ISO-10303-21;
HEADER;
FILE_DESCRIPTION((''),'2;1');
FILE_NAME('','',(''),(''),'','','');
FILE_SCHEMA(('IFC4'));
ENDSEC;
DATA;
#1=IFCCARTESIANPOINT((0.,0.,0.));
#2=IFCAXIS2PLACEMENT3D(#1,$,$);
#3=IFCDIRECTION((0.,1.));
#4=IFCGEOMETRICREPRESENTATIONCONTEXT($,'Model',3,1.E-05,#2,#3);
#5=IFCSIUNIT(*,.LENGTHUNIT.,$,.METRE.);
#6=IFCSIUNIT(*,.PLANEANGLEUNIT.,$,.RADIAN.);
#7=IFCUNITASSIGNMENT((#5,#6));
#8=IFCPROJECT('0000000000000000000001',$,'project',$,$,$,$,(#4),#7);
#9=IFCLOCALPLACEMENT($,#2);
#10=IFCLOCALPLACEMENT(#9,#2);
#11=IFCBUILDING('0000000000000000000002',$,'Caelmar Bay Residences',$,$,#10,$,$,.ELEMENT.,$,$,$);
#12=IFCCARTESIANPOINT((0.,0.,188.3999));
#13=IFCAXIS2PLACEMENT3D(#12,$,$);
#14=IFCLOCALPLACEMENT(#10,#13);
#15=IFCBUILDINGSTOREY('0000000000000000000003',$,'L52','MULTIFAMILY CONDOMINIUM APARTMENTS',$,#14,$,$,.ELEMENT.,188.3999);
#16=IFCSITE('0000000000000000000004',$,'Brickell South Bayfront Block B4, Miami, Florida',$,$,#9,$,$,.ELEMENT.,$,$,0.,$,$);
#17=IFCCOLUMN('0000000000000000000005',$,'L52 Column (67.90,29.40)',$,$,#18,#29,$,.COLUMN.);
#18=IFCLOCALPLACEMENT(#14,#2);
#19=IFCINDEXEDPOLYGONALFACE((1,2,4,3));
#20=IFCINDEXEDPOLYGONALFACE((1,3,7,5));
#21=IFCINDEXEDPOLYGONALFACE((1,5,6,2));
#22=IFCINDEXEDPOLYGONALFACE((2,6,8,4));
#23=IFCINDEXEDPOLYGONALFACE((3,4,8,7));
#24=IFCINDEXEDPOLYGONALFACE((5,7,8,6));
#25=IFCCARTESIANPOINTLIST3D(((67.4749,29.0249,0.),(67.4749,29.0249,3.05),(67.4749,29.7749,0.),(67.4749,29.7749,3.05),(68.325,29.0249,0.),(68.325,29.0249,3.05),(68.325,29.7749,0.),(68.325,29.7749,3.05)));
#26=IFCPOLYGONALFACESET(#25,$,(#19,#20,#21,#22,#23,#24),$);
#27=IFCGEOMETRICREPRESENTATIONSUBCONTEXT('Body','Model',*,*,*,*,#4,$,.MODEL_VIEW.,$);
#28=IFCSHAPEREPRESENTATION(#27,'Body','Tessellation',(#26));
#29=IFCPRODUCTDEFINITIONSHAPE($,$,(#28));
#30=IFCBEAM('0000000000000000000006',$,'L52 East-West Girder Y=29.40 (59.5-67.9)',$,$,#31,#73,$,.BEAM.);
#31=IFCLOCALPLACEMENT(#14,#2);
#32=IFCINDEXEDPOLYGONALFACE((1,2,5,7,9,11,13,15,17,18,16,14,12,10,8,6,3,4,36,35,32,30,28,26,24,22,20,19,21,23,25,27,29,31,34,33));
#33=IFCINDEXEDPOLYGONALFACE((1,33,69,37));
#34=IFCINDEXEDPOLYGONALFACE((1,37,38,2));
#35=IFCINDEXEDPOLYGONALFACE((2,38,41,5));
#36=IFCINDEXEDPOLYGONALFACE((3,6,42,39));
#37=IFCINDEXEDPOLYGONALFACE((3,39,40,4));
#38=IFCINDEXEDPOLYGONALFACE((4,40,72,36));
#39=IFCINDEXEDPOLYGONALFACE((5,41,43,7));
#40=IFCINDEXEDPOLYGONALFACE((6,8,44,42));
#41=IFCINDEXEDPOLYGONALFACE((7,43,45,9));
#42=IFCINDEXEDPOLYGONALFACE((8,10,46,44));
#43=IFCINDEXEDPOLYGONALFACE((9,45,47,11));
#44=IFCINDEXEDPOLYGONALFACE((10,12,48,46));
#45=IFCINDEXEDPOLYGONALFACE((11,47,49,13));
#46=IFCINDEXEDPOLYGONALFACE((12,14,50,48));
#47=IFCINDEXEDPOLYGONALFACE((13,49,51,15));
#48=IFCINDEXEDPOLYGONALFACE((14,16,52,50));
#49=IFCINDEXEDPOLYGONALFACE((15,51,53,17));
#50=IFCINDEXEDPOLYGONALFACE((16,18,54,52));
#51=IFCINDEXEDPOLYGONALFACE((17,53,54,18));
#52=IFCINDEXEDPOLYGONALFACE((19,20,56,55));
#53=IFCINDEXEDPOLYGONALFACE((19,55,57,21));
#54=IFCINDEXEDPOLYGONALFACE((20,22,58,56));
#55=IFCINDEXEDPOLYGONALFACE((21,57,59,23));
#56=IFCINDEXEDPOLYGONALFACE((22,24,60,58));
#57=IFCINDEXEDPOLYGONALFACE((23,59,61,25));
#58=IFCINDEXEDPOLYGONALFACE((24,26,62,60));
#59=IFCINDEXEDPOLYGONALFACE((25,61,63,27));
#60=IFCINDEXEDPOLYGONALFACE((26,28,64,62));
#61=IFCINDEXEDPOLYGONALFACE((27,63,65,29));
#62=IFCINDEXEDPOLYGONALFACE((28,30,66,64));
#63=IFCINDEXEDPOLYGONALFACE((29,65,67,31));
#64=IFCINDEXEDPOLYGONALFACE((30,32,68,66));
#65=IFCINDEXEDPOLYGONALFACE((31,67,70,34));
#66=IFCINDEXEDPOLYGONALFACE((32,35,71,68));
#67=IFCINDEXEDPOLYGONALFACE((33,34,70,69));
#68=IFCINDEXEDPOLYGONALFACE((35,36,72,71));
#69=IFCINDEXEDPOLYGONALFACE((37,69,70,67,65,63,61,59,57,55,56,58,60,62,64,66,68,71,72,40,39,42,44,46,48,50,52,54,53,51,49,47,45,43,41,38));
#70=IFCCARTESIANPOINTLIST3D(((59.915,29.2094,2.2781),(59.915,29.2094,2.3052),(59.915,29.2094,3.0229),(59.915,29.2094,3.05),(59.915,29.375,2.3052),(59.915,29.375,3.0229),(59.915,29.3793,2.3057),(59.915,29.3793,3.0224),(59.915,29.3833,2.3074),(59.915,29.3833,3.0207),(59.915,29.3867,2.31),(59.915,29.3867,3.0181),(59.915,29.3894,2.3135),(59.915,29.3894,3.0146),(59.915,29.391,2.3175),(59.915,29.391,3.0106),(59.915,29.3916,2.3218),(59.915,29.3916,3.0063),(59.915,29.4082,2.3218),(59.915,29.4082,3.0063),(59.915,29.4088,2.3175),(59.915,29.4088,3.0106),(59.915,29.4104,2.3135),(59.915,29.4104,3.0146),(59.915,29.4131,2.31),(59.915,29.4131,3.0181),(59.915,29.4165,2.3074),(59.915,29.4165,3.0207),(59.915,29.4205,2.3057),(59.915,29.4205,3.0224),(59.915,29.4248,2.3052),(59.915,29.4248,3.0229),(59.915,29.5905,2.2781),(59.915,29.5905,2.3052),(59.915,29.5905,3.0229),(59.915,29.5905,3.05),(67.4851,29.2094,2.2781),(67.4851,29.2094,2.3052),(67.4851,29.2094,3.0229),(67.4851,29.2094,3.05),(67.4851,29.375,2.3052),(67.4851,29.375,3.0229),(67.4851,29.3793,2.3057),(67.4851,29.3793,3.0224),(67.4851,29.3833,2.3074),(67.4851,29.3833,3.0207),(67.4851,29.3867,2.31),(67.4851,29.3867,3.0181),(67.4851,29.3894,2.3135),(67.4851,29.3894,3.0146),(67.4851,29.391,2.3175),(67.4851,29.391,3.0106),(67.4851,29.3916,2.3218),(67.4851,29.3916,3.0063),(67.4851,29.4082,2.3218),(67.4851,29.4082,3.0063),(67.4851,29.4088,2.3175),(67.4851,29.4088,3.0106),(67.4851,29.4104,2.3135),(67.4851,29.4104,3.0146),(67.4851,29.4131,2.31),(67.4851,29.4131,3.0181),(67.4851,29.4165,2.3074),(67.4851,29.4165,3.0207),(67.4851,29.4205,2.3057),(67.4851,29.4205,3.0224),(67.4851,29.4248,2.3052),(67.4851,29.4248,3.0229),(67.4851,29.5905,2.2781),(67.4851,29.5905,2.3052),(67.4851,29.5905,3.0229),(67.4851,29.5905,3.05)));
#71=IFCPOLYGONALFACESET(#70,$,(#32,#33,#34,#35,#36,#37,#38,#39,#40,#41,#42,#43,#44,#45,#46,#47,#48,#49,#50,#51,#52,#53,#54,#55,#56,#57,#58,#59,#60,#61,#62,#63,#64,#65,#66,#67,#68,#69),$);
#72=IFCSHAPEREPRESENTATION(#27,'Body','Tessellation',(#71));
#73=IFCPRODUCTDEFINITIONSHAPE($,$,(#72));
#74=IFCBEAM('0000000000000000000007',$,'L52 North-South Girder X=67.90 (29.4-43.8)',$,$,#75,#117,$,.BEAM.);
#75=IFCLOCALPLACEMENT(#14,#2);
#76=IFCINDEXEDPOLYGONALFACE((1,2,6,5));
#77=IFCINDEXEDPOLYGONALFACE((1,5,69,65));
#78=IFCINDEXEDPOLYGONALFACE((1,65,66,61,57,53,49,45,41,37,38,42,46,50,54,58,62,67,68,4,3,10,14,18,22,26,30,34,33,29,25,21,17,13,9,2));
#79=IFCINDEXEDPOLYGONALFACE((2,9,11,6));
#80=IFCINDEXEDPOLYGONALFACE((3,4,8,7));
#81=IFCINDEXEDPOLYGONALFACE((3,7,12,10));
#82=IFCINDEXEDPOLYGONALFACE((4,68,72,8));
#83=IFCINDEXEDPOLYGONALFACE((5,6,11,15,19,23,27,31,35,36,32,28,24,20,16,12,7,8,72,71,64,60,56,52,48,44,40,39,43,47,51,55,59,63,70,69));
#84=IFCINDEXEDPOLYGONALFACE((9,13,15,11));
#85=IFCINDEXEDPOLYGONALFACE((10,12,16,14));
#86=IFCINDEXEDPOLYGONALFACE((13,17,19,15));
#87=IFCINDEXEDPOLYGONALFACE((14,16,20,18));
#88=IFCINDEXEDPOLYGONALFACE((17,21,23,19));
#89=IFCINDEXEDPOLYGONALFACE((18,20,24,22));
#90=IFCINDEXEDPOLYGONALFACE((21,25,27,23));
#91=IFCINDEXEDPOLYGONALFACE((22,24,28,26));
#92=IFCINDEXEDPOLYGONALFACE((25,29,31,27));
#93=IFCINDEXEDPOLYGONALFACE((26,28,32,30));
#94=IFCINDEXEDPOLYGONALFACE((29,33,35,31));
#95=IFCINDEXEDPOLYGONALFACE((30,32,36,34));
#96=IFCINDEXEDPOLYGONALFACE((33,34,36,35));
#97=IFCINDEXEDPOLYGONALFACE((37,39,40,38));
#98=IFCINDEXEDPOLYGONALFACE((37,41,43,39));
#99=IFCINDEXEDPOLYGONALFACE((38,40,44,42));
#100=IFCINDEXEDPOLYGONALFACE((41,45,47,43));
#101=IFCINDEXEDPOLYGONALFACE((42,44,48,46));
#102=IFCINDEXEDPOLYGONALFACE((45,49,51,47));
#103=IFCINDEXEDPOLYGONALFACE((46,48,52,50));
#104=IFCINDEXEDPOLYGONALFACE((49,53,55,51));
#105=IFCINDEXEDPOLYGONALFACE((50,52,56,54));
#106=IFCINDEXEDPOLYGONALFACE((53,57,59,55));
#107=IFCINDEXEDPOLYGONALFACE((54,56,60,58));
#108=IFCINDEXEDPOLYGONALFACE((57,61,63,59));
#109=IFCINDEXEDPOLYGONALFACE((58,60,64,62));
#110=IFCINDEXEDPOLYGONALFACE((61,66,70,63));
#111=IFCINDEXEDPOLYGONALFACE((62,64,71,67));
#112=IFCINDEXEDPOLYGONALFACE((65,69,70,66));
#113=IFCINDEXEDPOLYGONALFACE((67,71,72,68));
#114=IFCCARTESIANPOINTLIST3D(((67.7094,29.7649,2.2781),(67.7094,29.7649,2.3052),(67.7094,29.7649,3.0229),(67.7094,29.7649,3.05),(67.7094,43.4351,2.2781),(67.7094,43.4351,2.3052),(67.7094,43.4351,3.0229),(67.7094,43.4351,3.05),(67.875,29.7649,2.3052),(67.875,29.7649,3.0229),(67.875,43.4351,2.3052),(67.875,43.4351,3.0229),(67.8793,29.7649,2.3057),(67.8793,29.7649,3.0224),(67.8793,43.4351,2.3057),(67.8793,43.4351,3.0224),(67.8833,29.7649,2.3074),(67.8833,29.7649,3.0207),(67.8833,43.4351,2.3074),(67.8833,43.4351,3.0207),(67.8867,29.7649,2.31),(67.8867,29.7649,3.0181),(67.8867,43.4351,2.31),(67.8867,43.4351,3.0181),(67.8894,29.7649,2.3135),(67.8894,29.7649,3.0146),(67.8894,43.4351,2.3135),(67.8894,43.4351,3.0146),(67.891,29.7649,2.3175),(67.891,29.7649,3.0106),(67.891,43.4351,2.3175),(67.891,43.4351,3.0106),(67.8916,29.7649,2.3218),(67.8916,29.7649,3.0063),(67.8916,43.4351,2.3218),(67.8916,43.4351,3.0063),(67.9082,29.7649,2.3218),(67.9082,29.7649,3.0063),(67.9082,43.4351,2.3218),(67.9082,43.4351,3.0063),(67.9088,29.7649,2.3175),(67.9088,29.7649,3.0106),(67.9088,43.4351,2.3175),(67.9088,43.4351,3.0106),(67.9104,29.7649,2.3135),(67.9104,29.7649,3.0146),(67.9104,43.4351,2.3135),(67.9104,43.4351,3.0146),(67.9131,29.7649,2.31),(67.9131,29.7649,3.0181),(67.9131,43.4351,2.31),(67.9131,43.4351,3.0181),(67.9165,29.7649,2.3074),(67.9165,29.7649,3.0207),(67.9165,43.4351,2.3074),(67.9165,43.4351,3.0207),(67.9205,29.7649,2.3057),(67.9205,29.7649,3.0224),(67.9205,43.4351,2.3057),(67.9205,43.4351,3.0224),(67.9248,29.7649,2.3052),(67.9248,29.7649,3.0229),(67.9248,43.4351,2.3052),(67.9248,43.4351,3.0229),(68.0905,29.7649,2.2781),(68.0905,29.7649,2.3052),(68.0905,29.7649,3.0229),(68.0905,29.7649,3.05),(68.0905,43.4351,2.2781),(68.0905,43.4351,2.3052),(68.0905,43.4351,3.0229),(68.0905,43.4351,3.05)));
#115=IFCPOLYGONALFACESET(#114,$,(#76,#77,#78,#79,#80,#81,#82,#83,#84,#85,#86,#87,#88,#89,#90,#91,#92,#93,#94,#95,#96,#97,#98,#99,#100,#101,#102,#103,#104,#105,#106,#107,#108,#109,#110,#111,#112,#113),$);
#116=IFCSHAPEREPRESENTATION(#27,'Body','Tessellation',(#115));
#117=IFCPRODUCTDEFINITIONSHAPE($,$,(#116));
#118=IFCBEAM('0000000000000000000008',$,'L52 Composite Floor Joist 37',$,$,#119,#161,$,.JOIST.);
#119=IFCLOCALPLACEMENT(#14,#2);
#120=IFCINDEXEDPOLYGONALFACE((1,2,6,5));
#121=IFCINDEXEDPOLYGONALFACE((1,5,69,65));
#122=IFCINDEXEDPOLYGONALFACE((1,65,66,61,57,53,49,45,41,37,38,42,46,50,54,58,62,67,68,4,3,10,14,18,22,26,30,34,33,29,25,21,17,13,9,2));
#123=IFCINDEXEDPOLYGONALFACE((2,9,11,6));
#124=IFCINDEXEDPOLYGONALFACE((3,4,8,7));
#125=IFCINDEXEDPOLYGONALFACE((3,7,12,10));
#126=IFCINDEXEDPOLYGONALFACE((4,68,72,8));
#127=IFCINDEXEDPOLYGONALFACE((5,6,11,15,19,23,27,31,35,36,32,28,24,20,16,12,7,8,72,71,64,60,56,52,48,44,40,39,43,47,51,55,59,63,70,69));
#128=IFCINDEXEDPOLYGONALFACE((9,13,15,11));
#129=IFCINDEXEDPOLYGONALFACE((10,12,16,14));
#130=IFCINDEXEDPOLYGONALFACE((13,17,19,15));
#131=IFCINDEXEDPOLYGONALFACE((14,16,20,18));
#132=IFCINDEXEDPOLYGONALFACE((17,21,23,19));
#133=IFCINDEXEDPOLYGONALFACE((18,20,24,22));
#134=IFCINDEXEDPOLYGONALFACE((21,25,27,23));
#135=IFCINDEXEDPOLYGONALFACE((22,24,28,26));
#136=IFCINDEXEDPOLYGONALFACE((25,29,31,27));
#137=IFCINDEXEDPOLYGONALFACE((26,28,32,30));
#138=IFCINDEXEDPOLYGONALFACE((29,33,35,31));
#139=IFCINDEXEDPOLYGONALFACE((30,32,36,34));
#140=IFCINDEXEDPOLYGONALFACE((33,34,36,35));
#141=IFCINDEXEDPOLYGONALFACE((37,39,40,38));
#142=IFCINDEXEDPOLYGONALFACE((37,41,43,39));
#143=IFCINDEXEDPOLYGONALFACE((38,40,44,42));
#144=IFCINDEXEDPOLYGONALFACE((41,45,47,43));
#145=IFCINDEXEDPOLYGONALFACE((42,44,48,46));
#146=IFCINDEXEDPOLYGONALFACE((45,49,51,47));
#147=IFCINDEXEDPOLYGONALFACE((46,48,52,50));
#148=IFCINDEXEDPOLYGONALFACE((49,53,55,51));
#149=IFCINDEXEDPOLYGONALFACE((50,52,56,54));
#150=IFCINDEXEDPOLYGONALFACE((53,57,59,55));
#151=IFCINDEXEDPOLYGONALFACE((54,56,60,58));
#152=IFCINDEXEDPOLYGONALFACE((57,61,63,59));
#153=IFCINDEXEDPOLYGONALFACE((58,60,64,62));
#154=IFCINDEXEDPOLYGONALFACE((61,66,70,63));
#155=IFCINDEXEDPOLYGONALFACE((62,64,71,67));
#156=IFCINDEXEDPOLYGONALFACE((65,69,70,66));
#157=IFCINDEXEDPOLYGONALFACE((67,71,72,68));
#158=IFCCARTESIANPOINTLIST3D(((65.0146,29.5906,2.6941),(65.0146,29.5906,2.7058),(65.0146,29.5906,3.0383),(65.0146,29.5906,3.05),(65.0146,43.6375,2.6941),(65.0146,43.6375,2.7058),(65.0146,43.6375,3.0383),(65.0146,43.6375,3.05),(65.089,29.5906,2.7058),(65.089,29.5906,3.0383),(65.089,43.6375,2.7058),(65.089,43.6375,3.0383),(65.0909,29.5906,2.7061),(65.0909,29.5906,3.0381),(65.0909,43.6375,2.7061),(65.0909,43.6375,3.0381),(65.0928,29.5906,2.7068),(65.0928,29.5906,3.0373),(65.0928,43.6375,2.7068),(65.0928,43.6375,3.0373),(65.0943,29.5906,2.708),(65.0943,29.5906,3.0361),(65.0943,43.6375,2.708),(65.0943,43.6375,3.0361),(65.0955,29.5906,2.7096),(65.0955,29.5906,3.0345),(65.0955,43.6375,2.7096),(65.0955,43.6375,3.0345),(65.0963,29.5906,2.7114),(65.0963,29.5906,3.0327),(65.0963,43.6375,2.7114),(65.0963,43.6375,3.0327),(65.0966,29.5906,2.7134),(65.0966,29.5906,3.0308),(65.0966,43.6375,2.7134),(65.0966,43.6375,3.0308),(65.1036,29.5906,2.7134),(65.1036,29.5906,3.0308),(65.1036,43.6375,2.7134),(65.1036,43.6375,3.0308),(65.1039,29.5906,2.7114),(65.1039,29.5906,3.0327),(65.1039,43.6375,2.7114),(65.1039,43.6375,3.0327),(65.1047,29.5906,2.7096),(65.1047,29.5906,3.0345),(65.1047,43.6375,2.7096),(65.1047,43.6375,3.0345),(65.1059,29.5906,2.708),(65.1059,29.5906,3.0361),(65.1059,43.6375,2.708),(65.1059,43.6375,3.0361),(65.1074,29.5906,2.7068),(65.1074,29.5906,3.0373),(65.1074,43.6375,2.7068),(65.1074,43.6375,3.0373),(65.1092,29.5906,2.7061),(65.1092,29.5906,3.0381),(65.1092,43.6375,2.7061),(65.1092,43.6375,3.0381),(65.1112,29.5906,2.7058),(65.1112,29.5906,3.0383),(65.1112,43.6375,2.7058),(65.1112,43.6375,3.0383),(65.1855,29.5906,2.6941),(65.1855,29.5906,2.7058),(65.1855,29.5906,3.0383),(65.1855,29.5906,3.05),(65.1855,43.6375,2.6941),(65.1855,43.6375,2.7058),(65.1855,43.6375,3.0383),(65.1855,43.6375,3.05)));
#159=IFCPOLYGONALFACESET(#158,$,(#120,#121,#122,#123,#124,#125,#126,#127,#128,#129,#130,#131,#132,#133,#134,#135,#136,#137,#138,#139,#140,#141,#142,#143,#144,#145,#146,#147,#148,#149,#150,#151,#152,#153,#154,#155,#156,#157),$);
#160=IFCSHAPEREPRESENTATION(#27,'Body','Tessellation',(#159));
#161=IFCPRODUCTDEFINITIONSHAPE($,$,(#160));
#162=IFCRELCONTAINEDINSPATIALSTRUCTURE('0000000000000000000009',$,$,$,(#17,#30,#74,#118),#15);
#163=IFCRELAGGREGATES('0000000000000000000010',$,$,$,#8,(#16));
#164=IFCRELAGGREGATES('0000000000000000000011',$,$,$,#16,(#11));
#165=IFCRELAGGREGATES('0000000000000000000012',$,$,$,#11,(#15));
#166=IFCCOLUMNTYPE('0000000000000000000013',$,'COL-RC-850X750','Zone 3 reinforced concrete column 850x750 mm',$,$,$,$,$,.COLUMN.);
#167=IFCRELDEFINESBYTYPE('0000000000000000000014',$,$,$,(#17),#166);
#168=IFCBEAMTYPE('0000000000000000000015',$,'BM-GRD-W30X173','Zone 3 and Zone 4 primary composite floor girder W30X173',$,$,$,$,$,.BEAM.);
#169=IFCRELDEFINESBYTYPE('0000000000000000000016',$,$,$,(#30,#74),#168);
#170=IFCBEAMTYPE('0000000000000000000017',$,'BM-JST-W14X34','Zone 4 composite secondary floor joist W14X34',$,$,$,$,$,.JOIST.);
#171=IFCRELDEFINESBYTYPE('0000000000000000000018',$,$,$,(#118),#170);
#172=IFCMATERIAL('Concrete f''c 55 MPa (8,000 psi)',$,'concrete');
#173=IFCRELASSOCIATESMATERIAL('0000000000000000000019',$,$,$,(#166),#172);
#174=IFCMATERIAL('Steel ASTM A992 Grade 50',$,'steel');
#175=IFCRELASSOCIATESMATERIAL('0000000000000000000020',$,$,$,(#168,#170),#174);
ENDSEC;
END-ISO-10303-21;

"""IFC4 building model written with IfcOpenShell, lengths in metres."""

from ifc_helpers import new_model, si_unit, direction, frame, origin, origin_2d, place, context, subcontext, project, spatial, rectangle, i_section, extrude, material, material_profile, profile_set, type_object, element, save


model = new_model("IFC4")

# Units and contexts
model_context = context("Model", 3, precision=1e-05, world=origin(), true_north=direction((0.0, 1.0)))
body_context = subcontext(model_context, "Body", "Model", "MODEL_VIEW")
ifc_project = project(units=[si_unit("LENGTHUNIT", "METRE"), si_unit("PLANEANGLEUNIT", "RADIAN")], contexts=[model_context])

# Site, building, storey
site_placement = place(None, origin())
site = spatial("IfcSite", under=ifc_project, at=site_placement, Name="Brickell South Bayfront Block B4, Miami, Florida", CompositionType="ELEMENT", RefElevation=0.0)
building_placement = place(site_placement, origin())
building = spatial("IfcBuilding", under=site, at=building_placement, Name="Caelmar Bay Residences", CompositionType="ELEMENT")
storey_placement = place(building_placement, frame((0.0, 0.0, 188.3999)))
storey = spatial("IfcBuildingStorey", under=building, at=storey_placement, Name="L52", Description="MULTIFAMILY CONDOMINIUM APARTMENTS", CompositionType="ELEMENT", Elevation=188.3999)

# Column
ifc_material_1 = material(Name="Concrete f'c 55 MPa (8,000 psi)", Category="concrete")
ifc_material_profile_1 = material_profile(ifc_material_1, rectangle(XDim=0.8501, YDim=0.75, at=origin_2d()), Name="RC-COL-850X750")
ifc_profile_set_1 = profile_set([ifc_material_profile_1], Name="Concrete f'c 55 MPa (8,000 psi)")
column_type = type_object("IfcColumnType", Name="COL-RC-850X750", Description="Zone 3 reinforced concrete column 850x750 mm", PredefinedType="COLUMN", material=ifc_profile_set_1)
column_placement = place(storey_placement, frame((67.8999, 29.3999, 0.0), z_axis=(0.0, 0.0, 1.0), x_axis=(1.0, 0.0, 0.0)))
element("IfcColumn", 1, at=column_placement, inside=storey, type_object=column_type, Name="L52 Column (67.90,29.40)", PredefinedType="COLUMN", context=body_context, shape_type="SweptSolid", body=[
    extrude(rectangle(XDim=0.8501, YDim=0.75, at=origin_2d()), origin(), (0.0, 0.0, 1.0), 3.05),
])

# Beams
ifc_material_2 = material(Name="Steel ASTM A992 Grade 50", Category="steel")
ifc_material_profile_2 = material_profile(ifc_material_2, i_section(OverallWidth=0.3811, OverallDepth=0.772, WebThickness=0.0166, FlangeThickness=0.0271, FilletRadius=0.0166, at=origin_2d()), Name="W30X173")
ifc_profile_set_2 = profile_set([ifc_material_profile_2], Name="Steel ASTM A992 Grade 50")
beam_type_1 = type_object("IfcBeamType", Name="BM-GRD-W30X173", Description="Zone 3 and Zone 4 primary composite floor girder W30X173", PredefinedType="BEAM", material=ifc_profile_set_2)
beam_1_placement = place(storey_placement, frame((59.915, 29.3999, 2.6641), z_axis=(1.0, 0.0, 0.0), x_axis=(0.0, 1.0, 0.0)))
element("IfcBeam", 2, at=beam_1_placement, inside=storey, type_object=beam_type_1, Name="L52 East-West Girder Y=29.40 (59.5-67.9)", PredefinedType="BEAM", context=body_context, shape_type="SweptSolid", body=[
    extrude(i_section(OverallWidth=0.3811, OverallDepth=0.772, WebThickness=0.0166, FlangeThickness=0.0271, FilletRadius=0.0166, at=origin_2d()), origin(), (0.0, 0.0, 1.0), 7.5701),
])
beam_2_placement = place(storey_placement, frame((67.8999, 29.7649, 2.6641), z_axis=(0.0, 1.0, 0.0), x_axis=(-1.0, 0.0, 0.0)))
element("IfcBeam", 3, at=beam_2_placement, inside=storey, type_object=beam_type_1, Name="L52 North-South Girder X=67.90 (29.4-43.8)", PredefinedType="BEAM", context=body_context, shape_type="SweptSolid", body=[
    extrude(i_section(OverallWidth=0.3811, OverallDepth=0.772, WebThickness=0.0166, FlangeThickness=0.0271, FilletRadius=0.0166, at=origin_2d()), origin(), (0.0, 0.0, 1.0), 13.6702),
])
ifc_material_profile_3 = material_profile(ifc_material_2, i_section(OverallWidth=0.1709, OverallDepth=0.356, WebThickness=0.0071, FlangeThickness=0.0117, FilletRadius=0.0076, at=origin_2d()), Name="W14X34")
ifc_profile_set_3 = profile_set([ifc_material_profile_3], Name="Steel ASTM A992 Grade 50")
beam_type_2 = type_object("IfcBeamType", Name="BM-JST-W14X34", Description="Zone 4 composite secondary floor joist W14X34", PredefinedType="JOIST", material=ifc_profile_set_3)
beam_3_placement = place(storey_placement, frame((65.1001, 29.5906, 2.8721), z_axis=(0.0, 1.0, 0.0), x_axis=(-1.0, 0.0, 0.0)))
element("IfcBeam", 4, at=beam_3_placement, inside=storey, type_object=beam_type_2, Name="L52 Composite Floor Joist 37", PredefinedType="JOIST", context=body_context, shape_type="SweptSolid", body=[
    extrude(i_section(OverallWidth=0.1709, OverallDepth=0.356, WebThickness=0.0071, FlangeThickness=0.0117, FilletRadius=0.0076, at=origin_2d()), origin(), (0.0, 0.0, 1.0), 14.0469),
])

save(model, "model.ifc")
